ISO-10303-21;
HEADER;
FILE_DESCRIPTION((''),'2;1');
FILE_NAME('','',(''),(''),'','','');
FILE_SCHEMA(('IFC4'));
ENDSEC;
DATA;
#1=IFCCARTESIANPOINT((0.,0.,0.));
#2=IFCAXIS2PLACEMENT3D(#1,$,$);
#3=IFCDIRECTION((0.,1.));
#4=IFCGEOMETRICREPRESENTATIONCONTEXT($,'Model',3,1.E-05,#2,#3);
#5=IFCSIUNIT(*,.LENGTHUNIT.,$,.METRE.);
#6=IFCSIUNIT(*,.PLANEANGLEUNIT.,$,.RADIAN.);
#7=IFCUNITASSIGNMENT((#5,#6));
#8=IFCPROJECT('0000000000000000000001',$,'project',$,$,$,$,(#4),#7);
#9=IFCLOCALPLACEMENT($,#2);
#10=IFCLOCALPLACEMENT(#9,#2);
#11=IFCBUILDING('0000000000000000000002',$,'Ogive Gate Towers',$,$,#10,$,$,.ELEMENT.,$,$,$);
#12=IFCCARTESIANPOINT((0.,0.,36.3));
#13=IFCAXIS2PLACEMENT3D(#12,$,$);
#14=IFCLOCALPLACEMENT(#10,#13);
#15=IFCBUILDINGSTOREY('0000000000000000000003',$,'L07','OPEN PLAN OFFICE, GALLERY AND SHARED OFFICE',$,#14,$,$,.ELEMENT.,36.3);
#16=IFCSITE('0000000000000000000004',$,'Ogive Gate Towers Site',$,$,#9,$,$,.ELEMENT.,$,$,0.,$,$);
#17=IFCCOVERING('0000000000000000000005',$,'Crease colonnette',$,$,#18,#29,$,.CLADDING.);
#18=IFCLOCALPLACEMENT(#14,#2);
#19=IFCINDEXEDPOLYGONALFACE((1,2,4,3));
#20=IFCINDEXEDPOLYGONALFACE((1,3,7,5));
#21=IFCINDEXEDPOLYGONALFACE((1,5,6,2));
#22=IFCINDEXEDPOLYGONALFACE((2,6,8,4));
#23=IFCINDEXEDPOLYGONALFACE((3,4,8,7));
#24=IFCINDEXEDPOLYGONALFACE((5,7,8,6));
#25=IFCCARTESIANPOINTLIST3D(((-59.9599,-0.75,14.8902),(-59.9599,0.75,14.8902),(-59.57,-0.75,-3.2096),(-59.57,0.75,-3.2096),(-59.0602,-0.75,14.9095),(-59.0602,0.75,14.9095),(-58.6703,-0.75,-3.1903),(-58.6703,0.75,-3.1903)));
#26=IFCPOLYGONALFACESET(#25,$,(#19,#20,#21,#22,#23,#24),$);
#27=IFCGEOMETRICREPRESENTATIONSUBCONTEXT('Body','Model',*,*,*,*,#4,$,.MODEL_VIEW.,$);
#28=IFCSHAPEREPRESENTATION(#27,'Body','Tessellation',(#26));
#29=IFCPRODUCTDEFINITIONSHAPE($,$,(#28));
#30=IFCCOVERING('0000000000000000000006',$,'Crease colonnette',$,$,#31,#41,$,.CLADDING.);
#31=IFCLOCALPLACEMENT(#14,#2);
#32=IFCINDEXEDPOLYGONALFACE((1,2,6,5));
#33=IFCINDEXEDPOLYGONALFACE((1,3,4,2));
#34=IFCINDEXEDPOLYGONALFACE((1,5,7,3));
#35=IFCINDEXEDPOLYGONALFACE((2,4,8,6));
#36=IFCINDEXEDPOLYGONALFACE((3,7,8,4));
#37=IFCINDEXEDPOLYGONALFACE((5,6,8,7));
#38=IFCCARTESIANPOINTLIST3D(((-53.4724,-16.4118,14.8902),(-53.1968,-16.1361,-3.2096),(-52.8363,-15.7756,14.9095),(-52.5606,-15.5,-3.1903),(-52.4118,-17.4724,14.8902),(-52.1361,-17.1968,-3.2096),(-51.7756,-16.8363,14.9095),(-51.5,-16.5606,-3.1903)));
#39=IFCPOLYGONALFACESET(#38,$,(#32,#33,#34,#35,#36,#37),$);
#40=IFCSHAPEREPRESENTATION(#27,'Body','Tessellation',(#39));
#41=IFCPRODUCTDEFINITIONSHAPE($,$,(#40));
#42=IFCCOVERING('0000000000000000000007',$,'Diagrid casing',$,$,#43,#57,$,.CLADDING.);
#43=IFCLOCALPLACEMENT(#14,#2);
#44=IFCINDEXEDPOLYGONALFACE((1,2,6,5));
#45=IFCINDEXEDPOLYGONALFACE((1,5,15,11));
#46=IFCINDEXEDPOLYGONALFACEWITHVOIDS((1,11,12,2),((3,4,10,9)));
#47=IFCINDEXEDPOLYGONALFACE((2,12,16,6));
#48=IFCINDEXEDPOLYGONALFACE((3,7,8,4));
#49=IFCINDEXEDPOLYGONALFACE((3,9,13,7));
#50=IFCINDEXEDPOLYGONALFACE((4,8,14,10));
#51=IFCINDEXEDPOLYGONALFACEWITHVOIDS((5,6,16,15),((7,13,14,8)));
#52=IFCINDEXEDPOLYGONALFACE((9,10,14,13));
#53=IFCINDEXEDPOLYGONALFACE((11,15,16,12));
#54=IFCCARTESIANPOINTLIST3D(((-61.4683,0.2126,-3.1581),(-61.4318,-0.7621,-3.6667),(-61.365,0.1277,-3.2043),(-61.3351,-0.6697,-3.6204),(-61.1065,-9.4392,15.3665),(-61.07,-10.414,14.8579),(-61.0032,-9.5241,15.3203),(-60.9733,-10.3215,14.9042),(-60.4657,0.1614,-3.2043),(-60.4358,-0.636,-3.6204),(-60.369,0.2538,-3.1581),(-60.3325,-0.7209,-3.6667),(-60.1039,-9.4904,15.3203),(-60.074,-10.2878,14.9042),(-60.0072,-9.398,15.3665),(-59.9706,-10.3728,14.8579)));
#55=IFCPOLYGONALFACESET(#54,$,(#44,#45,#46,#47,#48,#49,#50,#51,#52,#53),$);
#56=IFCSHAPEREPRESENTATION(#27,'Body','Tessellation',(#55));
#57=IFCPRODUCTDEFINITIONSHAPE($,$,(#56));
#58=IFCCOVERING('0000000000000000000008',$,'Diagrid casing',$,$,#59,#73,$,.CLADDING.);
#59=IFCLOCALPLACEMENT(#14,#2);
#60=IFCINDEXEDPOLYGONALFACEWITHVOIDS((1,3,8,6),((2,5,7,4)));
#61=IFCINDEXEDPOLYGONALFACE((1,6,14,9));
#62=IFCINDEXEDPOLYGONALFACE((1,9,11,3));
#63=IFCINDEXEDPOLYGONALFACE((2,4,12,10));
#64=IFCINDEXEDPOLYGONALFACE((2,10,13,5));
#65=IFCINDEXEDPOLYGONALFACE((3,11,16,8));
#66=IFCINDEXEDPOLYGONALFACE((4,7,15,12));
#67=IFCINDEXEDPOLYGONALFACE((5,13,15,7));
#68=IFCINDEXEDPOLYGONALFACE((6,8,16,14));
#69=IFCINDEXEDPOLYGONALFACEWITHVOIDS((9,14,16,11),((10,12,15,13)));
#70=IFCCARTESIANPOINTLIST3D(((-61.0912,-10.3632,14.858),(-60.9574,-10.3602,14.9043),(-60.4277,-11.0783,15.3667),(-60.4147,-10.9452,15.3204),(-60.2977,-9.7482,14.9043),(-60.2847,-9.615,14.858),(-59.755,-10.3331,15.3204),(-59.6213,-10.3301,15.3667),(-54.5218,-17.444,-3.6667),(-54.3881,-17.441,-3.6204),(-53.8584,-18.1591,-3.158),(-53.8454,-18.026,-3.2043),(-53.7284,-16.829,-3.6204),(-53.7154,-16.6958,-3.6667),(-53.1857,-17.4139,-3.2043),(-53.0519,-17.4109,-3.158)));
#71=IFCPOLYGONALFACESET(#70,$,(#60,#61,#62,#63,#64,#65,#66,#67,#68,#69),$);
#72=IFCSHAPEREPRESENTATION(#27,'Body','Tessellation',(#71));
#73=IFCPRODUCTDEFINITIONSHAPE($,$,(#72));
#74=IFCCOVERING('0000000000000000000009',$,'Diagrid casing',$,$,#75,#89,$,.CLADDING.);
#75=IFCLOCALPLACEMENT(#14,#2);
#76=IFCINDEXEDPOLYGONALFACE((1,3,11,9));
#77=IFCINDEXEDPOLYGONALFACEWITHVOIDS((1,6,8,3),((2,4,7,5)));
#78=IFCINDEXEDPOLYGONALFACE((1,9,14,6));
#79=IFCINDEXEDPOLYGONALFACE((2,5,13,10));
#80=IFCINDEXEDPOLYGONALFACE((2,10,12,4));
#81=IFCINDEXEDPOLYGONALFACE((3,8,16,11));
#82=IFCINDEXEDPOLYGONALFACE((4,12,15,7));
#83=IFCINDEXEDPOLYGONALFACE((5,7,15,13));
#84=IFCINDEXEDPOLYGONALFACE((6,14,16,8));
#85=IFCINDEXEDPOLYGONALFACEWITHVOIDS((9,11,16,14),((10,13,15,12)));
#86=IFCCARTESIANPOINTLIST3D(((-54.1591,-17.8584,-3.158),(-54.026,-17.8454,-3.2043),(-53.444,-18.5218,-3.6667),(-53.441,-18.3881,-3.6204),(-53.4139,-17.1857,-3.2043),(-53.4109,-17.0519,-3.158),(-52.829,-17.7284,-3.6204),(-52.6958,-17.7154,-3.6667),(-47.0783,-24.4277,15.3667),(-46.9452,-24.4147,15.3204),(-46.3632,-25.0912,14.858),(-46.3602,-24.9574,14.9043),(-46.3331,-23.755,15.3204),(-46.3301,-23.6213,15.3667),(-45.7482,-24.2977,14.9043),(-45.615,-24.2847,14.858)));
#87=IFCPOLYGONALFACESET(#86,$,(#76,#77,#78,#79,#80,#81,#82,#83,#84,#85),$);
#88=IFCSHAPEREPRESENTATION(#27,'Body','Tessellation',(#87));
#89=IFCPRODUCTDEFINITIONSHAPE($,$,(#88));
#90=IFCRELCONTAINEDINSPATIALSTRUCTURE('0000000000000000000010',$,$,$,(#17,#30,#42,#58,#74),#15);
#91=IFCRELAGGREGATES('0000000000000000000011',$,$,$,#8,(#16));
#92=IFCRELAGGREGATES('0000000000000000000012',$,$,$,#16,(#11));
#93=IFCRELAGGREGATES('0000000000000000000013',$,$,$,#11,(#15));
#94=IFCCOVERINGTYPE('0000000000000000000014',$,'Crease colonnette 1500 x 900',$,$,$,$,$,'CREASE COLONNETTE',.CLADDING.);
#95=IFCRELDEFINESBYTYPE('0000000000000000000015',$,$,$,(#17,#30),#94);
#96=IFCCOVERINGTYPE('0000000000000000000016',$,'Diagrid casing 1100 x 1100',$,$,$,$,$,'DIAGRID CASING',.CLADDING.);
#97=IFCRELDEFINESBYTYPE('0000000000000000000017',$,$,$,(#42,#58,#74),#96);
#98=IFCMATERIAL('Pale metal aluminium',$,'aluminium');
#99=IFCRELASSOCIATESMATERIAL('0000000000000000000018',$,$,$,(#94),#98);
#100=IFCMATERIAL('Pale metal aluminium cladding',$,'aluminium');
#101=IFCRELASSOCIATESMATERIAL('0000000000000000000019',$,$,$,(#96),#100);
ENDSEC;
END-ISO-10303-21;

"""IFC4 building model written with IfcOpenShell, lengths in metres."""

from ifc_helpers import new_model, si_unit, direction, frame, origin, origin_2d, place, context, subcontext, project, spatial, rectangle, hollow_rectangle, extrude, material, material_profile, profile_set, type_object, element, save


model = new_model("IFC4")

# Units and contexts
model_context = context("Model", 3, precision=1e-05, world=origin(), true_north=direction((0.0, 1.0)))
body_context = subcontext(model_context, "Body", "Model", "MODEL_VIEW")
ifc_project = project(units=[si_unit("LENGTHUNIT", "METRE"), si_unit("PLANEANGLEUNIT", "RADIAN")], contexts=[model_context])

# Site, building, storey
site_placement = place(None, origin())
site = spatial("IfcSite", under=ifc_project, at=site_placement, Name="Ogive Gate Towers Site", CompositionType="ELEMENT", RefElevation=0.0)
building_placement = place(site_placement, origin())
building = spatial("IfcBuilding", under=site, at=building_placement, Name="Ogive Gate Towers", CompositionType="ELEMENT")
storey_placement = place(building_placement, frame((0.0, 0.0, 36.3)))
storey = spatial("IfcBuildingStorey", under=building, at=storey_placement, Name="L07", Description="OPEN PLAN OFFICE, GALLERY AND SHARED OFFICE", CompositionType="ELEMENT", Elevation=36.3)

# Coverings
ifc_material_1 = material(Name="Pale metal aluminium", Category="aluminium")
ifc_material_profile_1 = material_profile(ifc_material_1, rectangle(XDim=1.5, YDim=0.8999, at=origin_2d()), Name="1500 x 900 pale metal aluminium")
ifc_profile_set_1 = profile_set([ifc_material_profile_1], Name="Pale metal aluminium")
covering_type_1 = type_object("IfcCoveringType", Name="Crease colonnette 1500 x 900", ElementType="CREASE COLONNETTE", PredefinedType="CLADDING", material=ifc_profile_set_1)
for number, where, z_axis, x_axis, name in (
    (1, (-59.1201, 0.0, -3.2), (-0.021536, 0.0, 0.999768), (0.0, -1.0, 0.0), "Crease colonnette"),
    (2, (-52.3484, -16.3484, -3.2), (-0.015225, -0.015225, 0.999768), (0.707107, -0.707107, 0.0), "Crease colonnette"),
):
    element("IfcCovering", number, at=place(storey_placement, frame(where, z_axis=z_axis, x_axis=x_axis)), inside=storey, type_object=covering_type_1, Name=name, PredefinedType="CLADDING", context=body_context, shape_type="SweptSolid", body=[
        extrude(rectangle(XDim=1.5, YDim=0.8999, at=origin_2d()), origin(), (0.0, 0.0, 1.0), 18.104),
    ])
ifc_material_2 = material(Name="Pale metal aluminium cladding", Category="aluminium")
ifc_material_profile_2 = material_profile(ifc_material_2, hollow_rectangle(XDim=1.1001, YDim=1.1001, WallThickness=0.1001, at=origin_2d()), Name="1100 x 1100 pale metal casing")
ifc_profile_set_2 = profile_set([ifc_material_profile_2], Name="Pale metal aluminium cladding")
covering_type_2 = type_object("IfcCoveringType", Name="Diagrid casing 1100 x 1100", ElementType="DIAGRID CASING", PredefinedType="CLADDING", material=ifc_profile_set_2)
covering_placement = place(storey_placement, frame((-60.9004, -0.2542, -3.4124), z_axis=(0.017319, -0.462001, 0.886711), x_axis=(0.999298, 0.03746, 0.0)))
element("IfcCovering", 3, at=covering_placement, inside=storey, type_object=covering_type_2, Name="Diagrid casing", PredefinedType="CLADDING", context=body_context, shape_type="SweptSolid", body=[
    extrude(hollow_rectangle(XDim=1.1001, YDim=1.1001, WallThickness=0.1001, at=origin_2d()), origin(), (0.0, 0.0, 1.0), 20.8914),
])
for number, where, z_axis, x_axis, name in (
    (4, (-53.7869, -17.4275, -3.4124), (-0.314449, 0.338932, 0.886706), (-0.733088, -0.680134, 0.0), "Diagrid casing"),
    (5, (-53.4275, -17.7869, -3.4124), (0.338932, -0.314449, 0.886706), (0.680134, 0.733088, 0.0), "Diagrid casing"),
):
    element("IfcCovering", number, at=place(storey_placement, frame(where, z_axis=z_axis, x_axis=x_axis)), inside=storey, type_object=covering_type_2, Name=name, PredefinedType="CLADDING", context=body_context, shape_type="SweptSolid", body=[
        extrude(hollow_rectangle(XDim=1.1001, YDim=1.1001, WallThickness=0.1001, at=origin_2d()), origin(), (0.0, 0.0, 1.0), 20.8916),
    ])

save(model, "model.ifc")
